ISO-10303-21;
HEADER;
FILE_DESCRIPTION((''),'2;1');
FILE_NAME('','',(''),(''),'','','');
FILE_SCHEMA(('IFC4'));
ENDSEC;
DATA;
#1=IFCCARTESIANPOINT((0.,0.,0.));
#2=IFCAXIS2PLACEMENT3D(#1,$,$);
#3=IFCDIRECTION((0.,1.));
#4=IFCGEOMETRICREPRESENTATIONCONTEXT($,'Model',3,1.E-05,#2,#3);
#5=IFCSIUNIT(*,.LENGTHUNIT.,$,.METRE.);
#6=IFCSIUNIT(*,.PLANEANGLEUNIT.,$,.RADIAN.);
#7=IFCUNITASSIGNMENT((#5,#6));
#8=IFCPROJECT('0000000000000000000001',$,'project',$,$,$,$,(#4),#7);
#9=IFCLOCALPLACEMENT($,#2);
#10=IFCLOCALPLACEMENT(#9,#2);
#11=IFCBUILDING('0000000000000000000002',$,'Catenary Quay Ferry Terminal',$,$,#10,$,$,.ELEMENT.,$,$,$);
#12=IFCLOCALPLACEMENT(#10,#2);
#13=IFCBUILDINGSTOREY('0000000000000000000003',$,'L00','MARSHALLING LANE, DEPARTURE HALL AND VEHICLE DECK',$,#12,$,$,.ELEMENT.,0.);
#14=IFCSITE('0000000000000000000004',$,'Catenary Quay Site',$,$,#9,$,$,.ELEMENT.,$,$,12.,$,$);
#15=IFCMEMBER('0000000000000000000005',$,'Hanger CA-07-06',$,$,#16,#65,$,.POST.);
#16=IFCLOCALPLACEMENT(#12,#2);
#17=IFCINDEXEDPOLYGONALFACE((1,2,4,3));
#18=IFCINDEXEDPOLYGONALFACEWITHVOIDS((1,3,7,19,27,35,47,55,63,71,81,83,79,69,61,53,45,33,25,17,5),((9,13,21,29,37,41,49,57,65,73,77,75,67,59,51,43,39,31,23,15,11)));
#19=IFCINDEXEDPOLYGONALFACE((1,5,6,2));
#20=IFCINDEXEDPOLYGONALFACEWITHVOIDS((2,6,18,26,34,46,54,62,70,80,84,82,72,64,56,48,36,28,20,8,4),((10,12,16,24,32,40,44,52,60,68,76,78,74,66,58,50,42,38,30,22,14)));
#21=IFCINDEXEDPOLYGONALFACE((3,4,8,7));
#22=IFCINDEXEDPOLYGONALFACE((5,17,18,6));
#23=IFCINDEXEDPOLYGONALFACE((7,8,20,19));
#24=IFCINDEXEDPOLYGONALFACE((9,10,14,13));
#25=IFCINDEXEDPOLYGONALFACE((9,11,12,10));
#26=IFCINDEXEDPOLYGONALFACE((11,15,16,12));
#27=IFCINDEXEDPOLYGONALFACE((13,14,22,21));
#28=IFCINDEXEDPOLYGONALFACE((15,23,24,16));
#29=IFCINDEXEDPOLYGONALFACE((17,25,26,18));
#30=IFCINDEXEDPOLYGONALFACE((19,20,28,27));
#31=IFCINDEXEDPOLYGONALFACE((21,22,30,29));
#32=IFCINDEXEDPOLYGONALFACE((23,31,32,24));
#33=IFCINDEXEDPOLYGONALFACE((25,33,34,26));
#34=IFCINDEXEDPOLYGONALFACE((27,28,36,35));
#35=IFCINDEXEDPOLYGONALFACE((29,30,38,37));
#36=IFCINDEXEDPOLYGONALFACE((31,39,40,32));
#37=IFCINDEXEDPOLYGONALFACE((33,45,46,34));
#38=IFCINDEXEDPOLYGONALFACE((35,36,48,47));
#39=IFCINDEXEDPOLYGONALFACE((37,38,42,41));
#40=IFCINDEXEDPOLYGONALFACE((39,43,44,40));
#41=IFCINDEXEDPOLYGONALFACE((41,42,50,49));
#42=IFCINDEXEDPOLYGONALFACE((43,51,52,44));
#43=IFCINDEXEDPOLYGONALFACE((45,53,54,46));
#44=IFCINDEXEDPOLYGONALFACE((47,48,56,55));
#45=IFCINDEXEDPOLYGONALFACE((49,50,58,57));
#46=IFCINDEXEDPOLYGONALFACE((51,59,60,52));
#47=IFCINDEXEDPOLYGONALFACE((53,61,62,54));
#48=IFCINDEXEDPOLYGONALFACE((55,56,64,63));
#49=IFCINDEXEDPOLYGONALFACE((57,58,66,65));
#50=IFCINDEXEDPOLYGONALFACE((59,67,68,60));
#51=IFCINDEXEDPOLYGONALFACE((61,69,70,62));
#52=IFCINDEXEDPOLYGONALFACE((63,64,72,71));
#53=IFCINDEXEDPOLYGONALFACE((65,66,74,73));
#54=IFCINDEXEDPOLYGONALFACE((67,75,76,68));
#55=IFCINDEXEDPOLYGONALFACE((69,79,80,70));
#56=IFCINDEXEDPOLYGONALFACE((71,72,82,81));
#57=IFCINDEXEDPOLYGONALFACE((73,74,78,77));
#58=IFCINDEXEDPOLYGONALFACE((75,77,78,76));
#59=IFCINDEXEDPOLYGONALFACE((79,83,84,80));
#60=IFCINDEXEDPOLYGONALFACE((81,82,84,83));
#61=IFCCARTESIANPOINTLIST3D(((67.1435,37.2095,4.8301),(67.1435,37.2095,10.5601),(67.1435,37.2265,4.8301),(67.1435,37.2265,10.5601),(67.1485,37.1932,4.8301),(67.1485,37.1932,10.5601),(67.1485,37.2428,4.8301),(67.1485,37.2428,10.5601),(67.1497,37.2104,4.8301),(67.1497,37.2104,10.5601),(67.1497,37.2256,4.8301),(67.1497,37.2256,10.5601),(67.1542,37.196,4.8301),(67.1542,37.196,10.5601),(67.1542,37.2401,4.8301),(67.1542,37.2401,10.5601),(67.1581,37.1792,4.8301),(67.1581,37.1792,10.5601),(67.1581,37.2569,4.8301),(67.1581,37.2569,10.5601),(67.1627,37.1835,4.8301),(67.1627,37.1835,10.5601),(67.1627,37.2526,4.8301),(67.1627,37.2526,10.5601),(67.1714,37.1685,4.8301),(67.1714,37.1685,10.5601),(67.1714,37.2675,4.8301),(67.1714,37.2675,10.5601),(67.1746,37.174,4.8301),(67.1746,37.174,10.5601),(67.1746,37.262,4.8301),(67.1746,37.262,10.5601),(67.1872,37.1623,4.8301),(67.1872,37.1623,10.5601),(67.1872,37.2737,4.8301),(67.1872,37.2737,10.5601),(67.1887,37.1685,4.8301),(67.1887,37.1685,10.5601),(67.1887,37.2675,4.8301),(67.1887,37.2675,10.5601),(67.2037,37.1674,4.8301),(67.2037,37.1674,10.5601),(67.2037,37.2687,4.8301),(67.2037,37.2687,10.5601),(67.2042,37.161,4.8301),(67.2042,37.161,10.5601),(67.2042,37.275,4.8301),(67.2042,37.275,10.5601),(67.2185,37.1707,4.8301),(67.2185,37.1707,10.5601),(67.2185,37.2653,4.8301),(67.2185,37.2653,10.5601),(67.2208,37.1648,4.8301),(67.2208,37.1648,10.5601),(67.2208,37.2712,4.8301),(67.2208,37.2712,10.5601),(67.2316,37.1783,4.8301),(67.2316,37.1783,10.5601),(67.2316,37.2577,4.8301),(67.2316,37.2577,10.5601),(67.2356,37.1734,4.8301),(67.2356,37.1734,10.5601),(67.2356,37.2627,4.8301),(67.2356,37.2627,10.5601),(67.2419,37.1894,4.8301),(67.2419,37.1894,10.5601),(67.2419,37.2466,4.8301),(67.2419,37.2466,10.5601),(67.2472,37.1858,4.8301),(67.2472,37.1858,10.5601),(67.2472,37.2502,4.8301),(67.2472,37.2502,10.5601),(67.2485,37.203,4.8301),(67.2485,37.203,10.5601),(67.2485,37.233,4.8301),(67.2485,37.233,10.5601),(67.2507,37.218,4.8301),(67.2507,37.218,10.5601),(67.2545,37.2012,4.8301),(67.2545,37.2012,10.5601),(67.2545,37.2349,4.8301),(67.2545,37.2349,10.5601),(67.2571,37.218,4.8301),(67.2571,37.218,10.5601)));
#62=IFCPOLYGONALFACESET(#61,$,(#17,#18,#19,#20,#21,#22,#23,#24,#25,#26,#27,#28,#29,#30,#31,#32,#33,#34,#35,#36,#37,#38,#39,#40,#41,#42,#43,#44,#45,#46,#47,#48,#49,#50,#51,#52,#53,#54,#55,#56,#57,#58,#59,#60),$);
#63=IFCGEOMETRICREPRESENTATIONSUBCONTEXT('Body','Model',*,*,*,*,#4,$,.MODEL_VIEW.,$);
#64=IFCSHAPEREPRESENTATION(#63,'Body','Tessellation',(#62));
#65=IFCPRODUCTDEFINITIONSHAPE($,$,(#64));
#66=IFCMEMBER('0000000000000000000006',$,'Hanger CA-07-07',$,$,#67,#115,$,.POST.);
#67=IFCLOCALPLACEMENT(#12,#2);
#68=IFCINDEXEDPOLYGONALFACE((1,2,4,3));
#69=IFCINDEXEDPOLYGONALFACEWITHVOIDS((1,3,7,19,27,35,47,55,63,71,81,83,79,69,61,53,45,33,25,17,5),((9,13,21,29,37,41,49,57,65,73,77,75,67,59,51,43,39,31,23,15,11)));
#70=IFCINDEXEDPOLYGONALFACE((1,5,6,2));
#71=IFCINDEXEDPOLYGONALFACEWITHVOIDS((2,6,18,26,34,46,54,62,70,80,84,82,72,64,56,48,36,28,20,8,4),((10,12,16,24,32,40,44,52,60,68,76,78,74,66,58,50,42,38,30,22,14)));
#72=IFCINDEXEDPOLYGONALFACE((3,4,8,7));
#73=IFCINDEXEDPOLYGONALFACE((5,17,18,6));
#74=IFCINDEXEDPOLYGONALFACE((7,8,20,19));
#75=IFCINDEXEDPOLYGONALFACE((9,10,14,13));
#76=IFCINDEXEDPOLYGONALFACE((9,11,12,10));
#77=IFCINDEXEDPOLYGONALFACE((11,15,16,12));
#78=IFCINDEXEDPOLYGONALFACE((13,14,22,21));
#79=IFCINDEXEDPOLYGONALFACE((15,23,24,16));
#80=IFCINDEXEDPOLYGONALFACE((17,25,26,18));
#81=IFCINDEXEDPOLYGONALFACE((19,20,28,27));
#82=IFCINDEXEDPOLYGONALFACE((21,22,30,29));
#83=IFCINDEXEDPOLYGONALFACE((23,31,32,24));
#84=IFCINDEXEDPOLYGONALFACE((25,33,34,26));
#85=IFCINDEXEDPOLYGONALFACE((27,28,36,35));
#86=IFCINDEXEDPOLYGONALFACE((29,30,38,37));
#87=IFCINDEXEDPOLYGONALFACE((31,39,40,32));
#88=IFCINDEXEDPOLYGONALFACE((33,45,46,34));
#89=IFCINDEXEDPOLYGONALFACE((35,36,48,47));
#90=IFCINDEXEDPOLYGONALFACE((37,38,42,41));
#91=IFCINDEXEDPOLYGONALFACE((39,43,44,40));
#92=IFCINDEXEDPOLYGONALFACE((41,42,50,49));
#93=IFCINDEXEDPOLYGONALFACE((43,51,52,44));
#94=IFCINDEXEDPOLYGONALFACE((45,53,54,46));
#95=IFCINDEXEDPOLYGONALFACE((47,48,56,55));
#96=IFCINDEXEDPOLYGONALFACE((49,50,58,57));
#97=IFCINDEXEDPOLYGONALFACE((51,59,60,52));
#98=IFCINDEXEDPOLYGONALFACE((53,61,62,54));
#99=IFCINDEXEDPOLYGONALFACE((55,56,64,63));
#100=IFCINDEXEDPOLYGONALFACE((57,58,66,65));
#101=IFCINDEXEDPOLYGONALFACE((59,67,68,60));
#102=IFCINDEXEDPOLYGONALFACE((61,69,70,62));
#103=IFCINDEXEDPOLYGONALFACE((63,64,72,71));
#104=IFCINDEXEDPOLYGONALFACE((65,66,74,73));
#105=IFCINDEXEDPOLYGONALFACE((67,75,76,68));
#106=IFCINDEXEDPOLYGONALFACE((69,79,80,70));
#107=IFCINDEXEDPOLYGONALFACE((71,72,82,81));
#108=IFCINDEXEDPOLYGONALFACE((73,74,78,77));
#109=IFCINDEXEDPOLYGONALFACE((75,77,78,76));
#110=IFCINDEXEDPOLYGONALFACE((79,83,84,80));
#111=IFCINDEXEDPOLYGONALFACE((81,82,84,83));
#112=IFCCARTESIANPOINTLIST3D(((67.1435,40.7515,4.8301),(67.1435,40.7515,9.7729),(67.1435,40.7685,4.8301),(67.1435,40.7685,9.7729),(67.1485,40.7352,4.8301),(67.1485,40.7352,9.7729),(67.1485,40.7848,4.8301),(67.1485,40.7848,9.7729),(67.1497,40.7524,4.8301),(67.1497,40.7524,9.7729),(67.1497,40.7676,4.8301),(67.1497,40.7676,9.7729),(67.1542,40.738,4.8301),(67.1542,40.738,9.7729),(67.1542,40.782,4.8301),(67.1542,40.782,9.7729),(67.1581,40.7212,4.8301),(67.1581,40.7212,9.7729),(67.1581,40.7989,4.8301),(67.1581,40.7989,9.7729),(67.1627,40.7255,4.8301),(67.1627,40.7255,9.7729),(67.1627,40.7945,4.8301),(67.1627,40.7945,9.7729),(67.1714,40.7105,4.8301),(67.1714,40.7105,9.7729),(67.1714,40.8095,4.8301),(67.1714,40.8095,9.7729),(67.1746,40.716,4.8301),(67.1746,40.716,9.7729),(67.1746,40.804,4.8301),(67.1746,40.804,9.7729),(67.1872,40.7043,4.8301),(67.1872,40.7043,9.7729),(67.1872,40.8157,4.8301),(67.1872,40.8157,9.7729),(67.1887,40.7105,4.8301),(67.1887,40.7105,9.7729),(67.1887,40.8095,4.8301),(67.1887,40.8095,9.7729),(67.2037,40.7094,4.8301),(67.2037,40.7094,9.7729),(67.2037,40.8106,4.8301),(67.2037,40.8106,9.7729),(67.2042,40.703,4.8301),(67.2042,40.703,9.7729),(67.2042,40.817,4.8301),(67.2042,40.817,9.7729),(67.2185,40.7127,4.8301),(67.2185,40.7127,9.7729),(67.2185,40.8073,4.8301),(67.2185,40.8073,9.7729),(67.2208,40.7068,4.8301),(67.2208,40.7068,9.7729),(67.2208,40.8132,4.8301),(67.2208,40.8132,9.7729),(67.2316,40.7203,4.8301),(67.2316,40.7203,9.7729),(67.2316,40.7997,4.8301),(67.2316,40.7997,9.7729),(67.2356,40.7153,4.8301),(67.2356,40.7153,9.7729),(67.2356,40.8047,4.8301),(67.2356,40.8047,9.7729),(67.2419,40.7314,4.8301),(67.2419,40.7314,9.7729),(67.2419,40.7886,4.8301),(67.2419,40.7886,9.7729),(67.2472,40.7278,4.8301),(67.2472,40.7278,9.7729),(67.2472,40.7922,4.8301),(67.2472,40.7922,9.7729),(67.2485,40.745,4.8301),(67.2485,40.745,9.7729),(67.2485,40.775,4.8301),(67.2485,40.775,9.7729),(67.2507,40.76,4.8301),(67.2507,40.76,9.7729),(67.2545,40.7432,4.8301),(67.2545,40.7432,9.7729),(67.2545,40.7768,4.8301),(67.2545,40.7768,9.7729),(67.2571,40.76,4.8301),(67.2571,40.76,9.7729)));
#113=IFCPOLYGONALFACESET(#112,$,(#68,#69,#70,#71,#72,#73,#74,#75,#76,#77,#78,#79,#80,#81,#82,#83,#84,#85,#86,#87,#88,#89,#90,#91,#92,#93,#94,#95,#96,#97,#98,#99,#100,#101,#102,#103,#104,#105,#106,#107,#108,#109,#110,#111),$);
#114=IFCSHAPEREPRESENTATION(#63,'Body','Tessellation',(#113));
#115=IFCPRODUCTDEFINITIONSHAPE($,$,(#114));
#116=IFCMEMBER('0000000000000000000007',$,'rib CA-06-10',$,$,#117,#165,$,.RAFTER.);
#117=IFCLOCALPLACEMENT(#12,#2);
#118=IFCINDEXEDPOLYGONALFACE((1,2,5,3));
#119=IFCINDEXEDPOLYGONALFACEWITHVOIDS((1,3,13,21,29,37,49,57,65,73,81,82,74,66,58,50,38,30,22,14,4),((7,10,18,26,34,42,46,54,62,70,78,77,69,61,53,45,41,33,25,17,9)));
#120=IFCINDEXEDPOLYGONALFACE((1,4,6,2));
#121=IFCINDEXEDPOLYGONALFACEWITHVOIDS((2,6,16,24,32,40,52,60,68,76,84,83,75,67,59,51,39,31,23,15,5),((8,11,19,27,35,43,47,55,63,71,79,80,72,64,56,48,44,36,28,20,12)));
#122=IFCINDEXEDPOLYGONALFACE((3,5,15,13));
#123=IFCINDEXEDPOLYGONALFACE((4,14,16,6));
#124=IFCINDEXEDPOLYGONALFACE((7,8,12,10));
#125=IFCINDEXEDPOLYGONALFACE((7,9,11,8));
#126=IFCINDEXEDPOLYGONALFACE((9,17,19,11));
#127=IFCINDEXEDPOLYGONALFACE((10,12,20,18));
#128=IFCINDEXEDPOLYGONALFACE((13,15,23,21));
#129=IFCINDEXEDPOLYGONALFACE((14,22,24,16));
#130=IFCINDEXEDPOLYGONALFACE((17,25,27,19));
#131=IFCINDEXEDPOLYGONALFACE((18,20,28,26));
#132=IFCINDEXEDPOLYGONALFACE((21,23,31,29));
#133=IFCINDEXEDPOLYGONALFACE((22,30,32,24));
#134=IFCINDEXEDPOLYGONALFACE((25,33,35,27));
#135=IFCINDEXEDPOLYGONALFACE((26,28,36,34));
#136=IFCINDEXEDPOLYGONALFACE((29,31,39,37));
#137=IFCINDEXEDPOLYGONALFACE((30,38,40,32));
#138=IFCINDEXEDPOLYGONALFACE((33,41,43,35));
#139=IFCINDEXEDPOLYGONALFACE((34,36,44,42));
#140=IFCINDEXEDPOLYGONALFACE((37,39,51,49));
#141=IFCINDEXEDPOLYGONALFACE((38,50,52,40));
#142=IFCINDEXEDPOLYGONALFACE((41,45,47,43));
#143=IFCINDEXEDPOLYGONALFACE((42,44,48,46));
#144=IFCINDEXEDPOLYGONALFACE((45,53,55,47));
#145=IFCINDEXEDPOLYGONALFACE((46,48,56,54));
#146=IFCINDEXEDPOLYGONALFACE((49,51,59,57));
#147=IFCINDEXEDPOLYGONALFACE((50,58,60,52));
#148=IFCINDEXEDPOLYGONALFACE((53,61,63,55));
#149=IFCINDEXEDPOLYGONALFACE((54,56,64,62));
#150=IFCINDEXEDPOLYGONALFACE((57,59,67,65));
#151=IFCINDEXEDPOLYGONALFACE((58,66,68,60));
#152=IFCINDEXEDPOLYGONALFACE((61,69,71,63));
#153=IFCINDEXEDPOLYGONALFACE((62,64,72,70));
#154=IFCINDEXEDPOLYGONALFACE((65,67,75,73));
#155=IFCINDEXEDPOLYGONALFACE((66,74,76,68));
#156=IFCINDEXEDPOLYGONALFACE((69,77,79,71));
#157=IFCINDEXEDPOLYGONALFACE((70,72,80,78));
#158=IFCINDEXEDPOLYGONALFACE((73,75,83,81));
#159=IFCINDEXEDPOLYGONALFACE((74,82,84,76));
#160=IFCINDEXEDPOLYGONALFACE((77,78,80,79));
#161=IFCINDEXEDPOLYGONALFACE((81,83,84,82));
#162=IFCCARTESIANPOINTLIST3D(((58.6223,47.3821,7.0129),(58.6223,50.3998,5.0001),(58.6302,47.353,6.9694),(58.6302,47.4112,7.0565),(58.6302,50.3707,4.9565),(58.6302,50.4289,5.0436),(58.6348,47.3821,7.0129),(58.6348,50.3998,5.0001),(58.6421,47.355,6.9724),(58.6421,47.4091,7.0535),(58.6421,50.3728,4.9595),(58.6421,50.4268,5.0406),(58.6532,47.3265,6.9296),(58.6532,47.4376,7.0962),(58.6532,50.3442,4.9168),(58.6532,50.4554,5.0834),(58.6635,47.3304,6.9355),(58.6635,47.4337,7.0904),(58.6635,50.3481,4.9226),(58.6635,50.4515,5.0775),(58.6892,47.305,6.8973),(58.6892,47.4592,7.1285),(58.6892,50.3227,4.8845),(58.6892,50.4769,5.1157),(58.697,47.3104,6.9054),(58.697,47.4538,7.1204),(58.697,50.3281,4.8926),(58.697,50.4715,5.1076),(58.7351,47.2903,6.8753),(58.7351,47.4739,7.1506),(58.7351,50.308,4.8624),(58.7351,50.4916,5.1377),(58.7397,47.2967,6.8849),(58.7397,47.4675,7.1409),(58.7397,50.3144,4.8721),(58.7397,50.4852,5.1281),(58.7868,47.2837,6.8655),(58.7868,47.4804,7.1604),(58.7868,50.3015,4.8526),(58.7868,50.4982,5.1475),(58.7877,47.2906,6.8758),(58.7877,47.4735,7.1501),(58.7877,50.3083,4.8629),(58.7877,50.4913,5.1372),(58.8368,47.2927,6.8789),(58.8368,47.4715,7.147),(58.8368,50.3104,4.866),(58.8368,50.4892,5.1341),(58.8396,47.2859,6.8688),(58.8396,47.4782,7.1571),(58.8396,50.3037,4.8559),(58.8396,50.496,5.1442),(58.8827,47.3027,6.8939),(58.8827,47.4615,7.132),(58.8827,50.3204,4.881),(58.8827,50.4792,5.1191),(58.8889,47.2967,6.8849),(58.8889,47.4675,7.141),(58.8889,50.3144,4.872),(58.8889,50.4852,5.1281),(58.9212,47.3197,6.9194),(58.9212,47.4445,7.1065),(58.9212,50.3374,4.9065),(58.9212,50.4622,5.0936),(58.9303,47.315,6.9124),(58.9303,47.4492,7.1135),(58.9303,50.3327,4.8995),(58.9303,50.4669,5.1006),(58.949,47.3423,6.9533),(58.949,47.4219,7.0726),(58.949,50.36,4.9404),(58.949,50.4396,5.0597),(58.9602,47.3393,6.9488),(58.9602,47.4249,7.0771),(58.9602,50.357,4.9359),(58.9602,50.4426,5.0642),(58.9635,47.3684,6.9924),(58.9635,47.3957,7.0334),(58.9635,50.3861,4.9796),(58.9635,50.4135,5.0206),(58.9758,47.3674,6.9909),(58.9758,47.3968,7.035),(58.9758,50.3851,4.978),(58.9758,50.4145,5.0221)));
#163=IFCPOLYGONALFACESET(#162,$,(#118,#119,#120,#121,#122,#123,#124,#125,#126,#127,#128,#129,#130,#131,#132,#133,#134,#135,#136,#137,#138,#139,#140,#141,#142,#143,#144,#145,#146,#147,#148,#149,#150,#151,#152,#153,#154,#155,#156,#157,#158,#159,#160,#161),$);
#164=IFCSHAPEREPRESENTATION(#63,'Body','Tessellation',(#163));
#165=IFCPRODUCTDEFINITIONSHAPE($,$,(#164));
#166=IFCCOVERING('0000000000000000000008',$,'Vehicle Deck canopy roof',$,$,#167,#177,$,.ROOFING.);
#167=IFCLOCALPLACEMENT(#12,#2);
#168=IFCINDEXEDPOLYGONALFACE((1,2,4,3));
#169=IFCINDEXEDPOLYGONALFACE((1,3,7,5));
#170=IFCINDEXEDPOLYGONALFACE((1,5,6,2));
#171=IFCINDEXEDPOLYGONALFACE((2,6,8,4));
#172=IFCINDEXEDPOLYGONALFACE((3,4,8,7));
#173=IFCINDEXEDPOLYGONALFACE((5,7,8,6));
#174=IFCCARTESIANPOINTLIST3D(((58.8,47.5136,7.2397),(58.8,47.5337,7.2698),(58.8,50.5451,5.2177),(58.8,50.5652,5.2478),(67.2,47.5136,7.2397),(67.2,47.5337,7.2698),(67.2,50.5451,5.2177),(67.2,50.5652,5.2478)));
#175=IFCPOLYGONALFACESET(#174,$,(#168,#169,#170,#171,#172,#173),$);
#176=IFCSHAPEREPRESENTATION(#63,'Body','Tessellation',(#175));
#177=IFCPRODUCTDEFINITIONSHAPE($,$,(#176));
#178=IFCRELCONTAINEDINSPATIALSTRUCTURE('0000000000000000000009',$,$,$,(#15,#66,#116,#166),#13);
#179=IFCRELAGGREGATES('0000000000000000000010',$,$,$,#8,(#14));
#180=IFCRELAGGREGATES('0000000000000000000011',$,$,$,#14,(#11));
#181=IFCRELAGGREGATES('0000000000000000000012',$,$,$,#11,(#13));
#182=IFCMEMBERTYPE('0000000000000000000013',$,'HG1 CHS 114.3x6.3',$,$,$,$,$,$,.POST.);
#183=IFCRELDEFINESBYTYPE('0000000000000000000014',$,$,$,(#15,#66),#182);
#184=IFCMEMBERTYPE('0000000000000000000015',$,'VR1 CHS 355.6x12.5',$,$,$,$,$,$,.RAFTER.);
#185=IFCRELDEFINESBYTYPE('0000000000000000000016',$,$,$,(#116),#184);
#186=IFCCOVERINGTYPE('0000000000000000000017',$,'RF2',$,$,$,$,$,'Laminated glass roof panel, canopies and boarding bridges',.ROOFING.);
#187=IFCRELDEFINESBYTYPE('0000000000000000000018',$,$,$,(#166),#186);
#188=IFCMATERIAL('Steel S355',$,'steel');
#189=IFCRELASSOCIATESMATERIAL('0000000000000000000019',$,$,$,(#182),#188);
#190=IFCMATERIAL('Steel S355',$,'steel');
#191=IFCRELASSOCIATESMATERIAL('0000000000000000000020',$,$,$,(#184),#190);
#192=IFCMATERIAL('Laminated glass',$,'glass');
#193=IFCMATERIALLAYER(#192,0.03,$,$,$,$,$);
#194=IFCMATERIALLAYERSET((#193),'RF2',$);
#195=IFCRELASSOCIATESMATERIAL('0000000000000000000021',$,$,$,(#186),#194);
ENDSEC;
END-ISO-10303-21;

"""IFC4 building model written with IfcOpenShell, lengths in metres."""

from ifc_helpers import new_model, si_unit, direction, frame, origin, origin_2d, place, context, subcontext, project, spatial, polyline, hollow_circle, outline, extrude, material, layer, layer_set, material_profile, profile_set, type_object, element, save


model = new_model("IFC4")

# Units and contexts
model_context = context("Model", 3, precision=1e-05, world=origin(), true_north=direction((0.0, 1.0)))
body_context = subcontext(model_context, "Body", "Model", "MODEL_VIEW")
ifc_project = project(units=[si_unit("LENGTHUNIT", "METRE"), si_unit("PLANEANGLEUNIT", "RADIAN")], contexts=[model_context])

# Site, building, storey
site_placement = place(None, origin())
site = spatial("IfcSite", under=ifc_project, at=site_placement, Name="Catenary Quay Site", CompositionType="ELEMENT", RefElevation=12.0)
building_placement = place(site_placement, origin())
building = spatial("IfcBuilding", under=site, at=building_placement, Name="Catenary Quay Ferry Terminal", CompositionType="ELEMENT")
storey_placement = place(building_placement, origin())
storey = spatial("IfcBuildingStorey", under=building, at=storey_placement, Name="L00", Description="MARSHALLING LANE, DEPARTURE HALL AND VEHICLE DECK", CompositionType="ELEMENT", Elevation=0.0)

# Members
ifc_material_1 = material(Name="Steel S355", Category="steel")
ifc_material_profile_1 = material_profile(ifc_material_1, hollow_circle(Radius=0.0571, WallThickness=0.0063, at=origin_2d()), Name="CHS 114.3x6.3")
ifc_profile_set_1 = profile_set([ifc_material_profile_1], Name="Steel S355")
member_type_1 = type_object("IfcMemberType", Name="HG1 CHS 114.3x6.3", PredefinedType="POST", material=ifc_profile_set_1)
member_1_placement = place(storey_placement, frame((67.2, 37.218, 4.8301), z_axis=(0.0, 0.0, 1.0), x_axis=(1.0, 0.0, 0.0)))
element("IfcMember", 1, at=member_1_placement, inside=storey, type_object=member_type_1, Name="Hanger CA-07-06", PredefinedType="POST", context=body_context, shape_type="SweptSolid", body=[
    extrude(hollow_circle(Radius=0.0571, WallThickness=0.0063, at=origin_2d()), origin(), (0.0, 0.0, 1.0), 5.73),
])
member_2_placement = place(storey_placement, frame((67.2, 40.76, 4.8301), z_axis=(0.0, 0.0, 1.0), x_axis=(1.0, 0.0, 0.0)))
element("IfcMember", 2, at=member_2_placement, inside=storey, type_object=member_type_1, Name="Hanger CA-07-07", PredefinedType="POST", context=body_context, shape_type="SweptSolid", body=[
    extrude(hollow_circle(Radius=0.0571, WallThickness=0.0063, at=origin_2d()), origin(), (0.0, 0.0, 1.0), 4.9429),
])
ifc_material_2 = material(Name="Steel S355", Category="steel")
ifc_material_profile_2 = material_profile(ifc_material_2, hollow_circle(Radius=0.1777, WallThickness=0.0125, at=origin_2d()), Name="CHS 355.6x12.5")
ifc_profile_set_2 = profile_set([ifc_material_profile_2], Name="Steel S355")
member_type_2 = type_object("IfcMemberType", Name="VR1 CHS 355.6x12.5", PredefinedType="RAFTER", material=ifc_profile_set_2)
member_3_placement = place(storey_placement, frame((58.8, 47.3821, 7.0129), z_axis=(0.0, 0.831916, -0.554902), x_axis=(-1.0, 0.0, 0.0)))
element("IfcMember", 3, at=member_3_placement, inside=storey, type_object=member_type_2, Name="rib CA-06-10", PredefinedType="RAFTER", context=body_context, shape_type="SweptSolid", body=[
    extrude(hollow_circle(Radius=0.1777, WallThickness=0.0125, at=origin_2d()), origin(), (0.0, 0.0, 1.0), 3.6274),
])

# Covering
ifc_material_3 = material(Name="Laminated glass", Category="glass")
ifc_layer = layer(ifc_material_3, 0.03)
ifc_layer_set = layer_set([ifc_layer], Name="RF2")
covering_type = type_object("IfcCoveringType", Name="RF2", ElementType="Laminated glass roof panel, canopies and boarding bridges", PredefinedType="ROOFING", material=ifc_layer_set)
covering_placement = place(storey_placement, frame((58.8, 47.5337, 7.2698), z_axis=(0.0, 0.554886, 0.831927), x_axis=(1.0, 0.0, 0.0)))
element("IfcCovering", 4, at=covering_placement, inside=storey, type_object=covering_type, Name="Vehicle Deck canopy roof", PredefinedType="ROOFING", context=body_context, shape_type="SweptSolid", body=[
    extrude(outline(polyline([(0.0, 0.0), (8.3999, 0.0), (8.3999, 3.6439), (0.0, 3.6439), (0.0, 0.0)])), origin(), (0.0, 0.0, -1.0), 0.0361),
])

save(model, "model.ifc")
